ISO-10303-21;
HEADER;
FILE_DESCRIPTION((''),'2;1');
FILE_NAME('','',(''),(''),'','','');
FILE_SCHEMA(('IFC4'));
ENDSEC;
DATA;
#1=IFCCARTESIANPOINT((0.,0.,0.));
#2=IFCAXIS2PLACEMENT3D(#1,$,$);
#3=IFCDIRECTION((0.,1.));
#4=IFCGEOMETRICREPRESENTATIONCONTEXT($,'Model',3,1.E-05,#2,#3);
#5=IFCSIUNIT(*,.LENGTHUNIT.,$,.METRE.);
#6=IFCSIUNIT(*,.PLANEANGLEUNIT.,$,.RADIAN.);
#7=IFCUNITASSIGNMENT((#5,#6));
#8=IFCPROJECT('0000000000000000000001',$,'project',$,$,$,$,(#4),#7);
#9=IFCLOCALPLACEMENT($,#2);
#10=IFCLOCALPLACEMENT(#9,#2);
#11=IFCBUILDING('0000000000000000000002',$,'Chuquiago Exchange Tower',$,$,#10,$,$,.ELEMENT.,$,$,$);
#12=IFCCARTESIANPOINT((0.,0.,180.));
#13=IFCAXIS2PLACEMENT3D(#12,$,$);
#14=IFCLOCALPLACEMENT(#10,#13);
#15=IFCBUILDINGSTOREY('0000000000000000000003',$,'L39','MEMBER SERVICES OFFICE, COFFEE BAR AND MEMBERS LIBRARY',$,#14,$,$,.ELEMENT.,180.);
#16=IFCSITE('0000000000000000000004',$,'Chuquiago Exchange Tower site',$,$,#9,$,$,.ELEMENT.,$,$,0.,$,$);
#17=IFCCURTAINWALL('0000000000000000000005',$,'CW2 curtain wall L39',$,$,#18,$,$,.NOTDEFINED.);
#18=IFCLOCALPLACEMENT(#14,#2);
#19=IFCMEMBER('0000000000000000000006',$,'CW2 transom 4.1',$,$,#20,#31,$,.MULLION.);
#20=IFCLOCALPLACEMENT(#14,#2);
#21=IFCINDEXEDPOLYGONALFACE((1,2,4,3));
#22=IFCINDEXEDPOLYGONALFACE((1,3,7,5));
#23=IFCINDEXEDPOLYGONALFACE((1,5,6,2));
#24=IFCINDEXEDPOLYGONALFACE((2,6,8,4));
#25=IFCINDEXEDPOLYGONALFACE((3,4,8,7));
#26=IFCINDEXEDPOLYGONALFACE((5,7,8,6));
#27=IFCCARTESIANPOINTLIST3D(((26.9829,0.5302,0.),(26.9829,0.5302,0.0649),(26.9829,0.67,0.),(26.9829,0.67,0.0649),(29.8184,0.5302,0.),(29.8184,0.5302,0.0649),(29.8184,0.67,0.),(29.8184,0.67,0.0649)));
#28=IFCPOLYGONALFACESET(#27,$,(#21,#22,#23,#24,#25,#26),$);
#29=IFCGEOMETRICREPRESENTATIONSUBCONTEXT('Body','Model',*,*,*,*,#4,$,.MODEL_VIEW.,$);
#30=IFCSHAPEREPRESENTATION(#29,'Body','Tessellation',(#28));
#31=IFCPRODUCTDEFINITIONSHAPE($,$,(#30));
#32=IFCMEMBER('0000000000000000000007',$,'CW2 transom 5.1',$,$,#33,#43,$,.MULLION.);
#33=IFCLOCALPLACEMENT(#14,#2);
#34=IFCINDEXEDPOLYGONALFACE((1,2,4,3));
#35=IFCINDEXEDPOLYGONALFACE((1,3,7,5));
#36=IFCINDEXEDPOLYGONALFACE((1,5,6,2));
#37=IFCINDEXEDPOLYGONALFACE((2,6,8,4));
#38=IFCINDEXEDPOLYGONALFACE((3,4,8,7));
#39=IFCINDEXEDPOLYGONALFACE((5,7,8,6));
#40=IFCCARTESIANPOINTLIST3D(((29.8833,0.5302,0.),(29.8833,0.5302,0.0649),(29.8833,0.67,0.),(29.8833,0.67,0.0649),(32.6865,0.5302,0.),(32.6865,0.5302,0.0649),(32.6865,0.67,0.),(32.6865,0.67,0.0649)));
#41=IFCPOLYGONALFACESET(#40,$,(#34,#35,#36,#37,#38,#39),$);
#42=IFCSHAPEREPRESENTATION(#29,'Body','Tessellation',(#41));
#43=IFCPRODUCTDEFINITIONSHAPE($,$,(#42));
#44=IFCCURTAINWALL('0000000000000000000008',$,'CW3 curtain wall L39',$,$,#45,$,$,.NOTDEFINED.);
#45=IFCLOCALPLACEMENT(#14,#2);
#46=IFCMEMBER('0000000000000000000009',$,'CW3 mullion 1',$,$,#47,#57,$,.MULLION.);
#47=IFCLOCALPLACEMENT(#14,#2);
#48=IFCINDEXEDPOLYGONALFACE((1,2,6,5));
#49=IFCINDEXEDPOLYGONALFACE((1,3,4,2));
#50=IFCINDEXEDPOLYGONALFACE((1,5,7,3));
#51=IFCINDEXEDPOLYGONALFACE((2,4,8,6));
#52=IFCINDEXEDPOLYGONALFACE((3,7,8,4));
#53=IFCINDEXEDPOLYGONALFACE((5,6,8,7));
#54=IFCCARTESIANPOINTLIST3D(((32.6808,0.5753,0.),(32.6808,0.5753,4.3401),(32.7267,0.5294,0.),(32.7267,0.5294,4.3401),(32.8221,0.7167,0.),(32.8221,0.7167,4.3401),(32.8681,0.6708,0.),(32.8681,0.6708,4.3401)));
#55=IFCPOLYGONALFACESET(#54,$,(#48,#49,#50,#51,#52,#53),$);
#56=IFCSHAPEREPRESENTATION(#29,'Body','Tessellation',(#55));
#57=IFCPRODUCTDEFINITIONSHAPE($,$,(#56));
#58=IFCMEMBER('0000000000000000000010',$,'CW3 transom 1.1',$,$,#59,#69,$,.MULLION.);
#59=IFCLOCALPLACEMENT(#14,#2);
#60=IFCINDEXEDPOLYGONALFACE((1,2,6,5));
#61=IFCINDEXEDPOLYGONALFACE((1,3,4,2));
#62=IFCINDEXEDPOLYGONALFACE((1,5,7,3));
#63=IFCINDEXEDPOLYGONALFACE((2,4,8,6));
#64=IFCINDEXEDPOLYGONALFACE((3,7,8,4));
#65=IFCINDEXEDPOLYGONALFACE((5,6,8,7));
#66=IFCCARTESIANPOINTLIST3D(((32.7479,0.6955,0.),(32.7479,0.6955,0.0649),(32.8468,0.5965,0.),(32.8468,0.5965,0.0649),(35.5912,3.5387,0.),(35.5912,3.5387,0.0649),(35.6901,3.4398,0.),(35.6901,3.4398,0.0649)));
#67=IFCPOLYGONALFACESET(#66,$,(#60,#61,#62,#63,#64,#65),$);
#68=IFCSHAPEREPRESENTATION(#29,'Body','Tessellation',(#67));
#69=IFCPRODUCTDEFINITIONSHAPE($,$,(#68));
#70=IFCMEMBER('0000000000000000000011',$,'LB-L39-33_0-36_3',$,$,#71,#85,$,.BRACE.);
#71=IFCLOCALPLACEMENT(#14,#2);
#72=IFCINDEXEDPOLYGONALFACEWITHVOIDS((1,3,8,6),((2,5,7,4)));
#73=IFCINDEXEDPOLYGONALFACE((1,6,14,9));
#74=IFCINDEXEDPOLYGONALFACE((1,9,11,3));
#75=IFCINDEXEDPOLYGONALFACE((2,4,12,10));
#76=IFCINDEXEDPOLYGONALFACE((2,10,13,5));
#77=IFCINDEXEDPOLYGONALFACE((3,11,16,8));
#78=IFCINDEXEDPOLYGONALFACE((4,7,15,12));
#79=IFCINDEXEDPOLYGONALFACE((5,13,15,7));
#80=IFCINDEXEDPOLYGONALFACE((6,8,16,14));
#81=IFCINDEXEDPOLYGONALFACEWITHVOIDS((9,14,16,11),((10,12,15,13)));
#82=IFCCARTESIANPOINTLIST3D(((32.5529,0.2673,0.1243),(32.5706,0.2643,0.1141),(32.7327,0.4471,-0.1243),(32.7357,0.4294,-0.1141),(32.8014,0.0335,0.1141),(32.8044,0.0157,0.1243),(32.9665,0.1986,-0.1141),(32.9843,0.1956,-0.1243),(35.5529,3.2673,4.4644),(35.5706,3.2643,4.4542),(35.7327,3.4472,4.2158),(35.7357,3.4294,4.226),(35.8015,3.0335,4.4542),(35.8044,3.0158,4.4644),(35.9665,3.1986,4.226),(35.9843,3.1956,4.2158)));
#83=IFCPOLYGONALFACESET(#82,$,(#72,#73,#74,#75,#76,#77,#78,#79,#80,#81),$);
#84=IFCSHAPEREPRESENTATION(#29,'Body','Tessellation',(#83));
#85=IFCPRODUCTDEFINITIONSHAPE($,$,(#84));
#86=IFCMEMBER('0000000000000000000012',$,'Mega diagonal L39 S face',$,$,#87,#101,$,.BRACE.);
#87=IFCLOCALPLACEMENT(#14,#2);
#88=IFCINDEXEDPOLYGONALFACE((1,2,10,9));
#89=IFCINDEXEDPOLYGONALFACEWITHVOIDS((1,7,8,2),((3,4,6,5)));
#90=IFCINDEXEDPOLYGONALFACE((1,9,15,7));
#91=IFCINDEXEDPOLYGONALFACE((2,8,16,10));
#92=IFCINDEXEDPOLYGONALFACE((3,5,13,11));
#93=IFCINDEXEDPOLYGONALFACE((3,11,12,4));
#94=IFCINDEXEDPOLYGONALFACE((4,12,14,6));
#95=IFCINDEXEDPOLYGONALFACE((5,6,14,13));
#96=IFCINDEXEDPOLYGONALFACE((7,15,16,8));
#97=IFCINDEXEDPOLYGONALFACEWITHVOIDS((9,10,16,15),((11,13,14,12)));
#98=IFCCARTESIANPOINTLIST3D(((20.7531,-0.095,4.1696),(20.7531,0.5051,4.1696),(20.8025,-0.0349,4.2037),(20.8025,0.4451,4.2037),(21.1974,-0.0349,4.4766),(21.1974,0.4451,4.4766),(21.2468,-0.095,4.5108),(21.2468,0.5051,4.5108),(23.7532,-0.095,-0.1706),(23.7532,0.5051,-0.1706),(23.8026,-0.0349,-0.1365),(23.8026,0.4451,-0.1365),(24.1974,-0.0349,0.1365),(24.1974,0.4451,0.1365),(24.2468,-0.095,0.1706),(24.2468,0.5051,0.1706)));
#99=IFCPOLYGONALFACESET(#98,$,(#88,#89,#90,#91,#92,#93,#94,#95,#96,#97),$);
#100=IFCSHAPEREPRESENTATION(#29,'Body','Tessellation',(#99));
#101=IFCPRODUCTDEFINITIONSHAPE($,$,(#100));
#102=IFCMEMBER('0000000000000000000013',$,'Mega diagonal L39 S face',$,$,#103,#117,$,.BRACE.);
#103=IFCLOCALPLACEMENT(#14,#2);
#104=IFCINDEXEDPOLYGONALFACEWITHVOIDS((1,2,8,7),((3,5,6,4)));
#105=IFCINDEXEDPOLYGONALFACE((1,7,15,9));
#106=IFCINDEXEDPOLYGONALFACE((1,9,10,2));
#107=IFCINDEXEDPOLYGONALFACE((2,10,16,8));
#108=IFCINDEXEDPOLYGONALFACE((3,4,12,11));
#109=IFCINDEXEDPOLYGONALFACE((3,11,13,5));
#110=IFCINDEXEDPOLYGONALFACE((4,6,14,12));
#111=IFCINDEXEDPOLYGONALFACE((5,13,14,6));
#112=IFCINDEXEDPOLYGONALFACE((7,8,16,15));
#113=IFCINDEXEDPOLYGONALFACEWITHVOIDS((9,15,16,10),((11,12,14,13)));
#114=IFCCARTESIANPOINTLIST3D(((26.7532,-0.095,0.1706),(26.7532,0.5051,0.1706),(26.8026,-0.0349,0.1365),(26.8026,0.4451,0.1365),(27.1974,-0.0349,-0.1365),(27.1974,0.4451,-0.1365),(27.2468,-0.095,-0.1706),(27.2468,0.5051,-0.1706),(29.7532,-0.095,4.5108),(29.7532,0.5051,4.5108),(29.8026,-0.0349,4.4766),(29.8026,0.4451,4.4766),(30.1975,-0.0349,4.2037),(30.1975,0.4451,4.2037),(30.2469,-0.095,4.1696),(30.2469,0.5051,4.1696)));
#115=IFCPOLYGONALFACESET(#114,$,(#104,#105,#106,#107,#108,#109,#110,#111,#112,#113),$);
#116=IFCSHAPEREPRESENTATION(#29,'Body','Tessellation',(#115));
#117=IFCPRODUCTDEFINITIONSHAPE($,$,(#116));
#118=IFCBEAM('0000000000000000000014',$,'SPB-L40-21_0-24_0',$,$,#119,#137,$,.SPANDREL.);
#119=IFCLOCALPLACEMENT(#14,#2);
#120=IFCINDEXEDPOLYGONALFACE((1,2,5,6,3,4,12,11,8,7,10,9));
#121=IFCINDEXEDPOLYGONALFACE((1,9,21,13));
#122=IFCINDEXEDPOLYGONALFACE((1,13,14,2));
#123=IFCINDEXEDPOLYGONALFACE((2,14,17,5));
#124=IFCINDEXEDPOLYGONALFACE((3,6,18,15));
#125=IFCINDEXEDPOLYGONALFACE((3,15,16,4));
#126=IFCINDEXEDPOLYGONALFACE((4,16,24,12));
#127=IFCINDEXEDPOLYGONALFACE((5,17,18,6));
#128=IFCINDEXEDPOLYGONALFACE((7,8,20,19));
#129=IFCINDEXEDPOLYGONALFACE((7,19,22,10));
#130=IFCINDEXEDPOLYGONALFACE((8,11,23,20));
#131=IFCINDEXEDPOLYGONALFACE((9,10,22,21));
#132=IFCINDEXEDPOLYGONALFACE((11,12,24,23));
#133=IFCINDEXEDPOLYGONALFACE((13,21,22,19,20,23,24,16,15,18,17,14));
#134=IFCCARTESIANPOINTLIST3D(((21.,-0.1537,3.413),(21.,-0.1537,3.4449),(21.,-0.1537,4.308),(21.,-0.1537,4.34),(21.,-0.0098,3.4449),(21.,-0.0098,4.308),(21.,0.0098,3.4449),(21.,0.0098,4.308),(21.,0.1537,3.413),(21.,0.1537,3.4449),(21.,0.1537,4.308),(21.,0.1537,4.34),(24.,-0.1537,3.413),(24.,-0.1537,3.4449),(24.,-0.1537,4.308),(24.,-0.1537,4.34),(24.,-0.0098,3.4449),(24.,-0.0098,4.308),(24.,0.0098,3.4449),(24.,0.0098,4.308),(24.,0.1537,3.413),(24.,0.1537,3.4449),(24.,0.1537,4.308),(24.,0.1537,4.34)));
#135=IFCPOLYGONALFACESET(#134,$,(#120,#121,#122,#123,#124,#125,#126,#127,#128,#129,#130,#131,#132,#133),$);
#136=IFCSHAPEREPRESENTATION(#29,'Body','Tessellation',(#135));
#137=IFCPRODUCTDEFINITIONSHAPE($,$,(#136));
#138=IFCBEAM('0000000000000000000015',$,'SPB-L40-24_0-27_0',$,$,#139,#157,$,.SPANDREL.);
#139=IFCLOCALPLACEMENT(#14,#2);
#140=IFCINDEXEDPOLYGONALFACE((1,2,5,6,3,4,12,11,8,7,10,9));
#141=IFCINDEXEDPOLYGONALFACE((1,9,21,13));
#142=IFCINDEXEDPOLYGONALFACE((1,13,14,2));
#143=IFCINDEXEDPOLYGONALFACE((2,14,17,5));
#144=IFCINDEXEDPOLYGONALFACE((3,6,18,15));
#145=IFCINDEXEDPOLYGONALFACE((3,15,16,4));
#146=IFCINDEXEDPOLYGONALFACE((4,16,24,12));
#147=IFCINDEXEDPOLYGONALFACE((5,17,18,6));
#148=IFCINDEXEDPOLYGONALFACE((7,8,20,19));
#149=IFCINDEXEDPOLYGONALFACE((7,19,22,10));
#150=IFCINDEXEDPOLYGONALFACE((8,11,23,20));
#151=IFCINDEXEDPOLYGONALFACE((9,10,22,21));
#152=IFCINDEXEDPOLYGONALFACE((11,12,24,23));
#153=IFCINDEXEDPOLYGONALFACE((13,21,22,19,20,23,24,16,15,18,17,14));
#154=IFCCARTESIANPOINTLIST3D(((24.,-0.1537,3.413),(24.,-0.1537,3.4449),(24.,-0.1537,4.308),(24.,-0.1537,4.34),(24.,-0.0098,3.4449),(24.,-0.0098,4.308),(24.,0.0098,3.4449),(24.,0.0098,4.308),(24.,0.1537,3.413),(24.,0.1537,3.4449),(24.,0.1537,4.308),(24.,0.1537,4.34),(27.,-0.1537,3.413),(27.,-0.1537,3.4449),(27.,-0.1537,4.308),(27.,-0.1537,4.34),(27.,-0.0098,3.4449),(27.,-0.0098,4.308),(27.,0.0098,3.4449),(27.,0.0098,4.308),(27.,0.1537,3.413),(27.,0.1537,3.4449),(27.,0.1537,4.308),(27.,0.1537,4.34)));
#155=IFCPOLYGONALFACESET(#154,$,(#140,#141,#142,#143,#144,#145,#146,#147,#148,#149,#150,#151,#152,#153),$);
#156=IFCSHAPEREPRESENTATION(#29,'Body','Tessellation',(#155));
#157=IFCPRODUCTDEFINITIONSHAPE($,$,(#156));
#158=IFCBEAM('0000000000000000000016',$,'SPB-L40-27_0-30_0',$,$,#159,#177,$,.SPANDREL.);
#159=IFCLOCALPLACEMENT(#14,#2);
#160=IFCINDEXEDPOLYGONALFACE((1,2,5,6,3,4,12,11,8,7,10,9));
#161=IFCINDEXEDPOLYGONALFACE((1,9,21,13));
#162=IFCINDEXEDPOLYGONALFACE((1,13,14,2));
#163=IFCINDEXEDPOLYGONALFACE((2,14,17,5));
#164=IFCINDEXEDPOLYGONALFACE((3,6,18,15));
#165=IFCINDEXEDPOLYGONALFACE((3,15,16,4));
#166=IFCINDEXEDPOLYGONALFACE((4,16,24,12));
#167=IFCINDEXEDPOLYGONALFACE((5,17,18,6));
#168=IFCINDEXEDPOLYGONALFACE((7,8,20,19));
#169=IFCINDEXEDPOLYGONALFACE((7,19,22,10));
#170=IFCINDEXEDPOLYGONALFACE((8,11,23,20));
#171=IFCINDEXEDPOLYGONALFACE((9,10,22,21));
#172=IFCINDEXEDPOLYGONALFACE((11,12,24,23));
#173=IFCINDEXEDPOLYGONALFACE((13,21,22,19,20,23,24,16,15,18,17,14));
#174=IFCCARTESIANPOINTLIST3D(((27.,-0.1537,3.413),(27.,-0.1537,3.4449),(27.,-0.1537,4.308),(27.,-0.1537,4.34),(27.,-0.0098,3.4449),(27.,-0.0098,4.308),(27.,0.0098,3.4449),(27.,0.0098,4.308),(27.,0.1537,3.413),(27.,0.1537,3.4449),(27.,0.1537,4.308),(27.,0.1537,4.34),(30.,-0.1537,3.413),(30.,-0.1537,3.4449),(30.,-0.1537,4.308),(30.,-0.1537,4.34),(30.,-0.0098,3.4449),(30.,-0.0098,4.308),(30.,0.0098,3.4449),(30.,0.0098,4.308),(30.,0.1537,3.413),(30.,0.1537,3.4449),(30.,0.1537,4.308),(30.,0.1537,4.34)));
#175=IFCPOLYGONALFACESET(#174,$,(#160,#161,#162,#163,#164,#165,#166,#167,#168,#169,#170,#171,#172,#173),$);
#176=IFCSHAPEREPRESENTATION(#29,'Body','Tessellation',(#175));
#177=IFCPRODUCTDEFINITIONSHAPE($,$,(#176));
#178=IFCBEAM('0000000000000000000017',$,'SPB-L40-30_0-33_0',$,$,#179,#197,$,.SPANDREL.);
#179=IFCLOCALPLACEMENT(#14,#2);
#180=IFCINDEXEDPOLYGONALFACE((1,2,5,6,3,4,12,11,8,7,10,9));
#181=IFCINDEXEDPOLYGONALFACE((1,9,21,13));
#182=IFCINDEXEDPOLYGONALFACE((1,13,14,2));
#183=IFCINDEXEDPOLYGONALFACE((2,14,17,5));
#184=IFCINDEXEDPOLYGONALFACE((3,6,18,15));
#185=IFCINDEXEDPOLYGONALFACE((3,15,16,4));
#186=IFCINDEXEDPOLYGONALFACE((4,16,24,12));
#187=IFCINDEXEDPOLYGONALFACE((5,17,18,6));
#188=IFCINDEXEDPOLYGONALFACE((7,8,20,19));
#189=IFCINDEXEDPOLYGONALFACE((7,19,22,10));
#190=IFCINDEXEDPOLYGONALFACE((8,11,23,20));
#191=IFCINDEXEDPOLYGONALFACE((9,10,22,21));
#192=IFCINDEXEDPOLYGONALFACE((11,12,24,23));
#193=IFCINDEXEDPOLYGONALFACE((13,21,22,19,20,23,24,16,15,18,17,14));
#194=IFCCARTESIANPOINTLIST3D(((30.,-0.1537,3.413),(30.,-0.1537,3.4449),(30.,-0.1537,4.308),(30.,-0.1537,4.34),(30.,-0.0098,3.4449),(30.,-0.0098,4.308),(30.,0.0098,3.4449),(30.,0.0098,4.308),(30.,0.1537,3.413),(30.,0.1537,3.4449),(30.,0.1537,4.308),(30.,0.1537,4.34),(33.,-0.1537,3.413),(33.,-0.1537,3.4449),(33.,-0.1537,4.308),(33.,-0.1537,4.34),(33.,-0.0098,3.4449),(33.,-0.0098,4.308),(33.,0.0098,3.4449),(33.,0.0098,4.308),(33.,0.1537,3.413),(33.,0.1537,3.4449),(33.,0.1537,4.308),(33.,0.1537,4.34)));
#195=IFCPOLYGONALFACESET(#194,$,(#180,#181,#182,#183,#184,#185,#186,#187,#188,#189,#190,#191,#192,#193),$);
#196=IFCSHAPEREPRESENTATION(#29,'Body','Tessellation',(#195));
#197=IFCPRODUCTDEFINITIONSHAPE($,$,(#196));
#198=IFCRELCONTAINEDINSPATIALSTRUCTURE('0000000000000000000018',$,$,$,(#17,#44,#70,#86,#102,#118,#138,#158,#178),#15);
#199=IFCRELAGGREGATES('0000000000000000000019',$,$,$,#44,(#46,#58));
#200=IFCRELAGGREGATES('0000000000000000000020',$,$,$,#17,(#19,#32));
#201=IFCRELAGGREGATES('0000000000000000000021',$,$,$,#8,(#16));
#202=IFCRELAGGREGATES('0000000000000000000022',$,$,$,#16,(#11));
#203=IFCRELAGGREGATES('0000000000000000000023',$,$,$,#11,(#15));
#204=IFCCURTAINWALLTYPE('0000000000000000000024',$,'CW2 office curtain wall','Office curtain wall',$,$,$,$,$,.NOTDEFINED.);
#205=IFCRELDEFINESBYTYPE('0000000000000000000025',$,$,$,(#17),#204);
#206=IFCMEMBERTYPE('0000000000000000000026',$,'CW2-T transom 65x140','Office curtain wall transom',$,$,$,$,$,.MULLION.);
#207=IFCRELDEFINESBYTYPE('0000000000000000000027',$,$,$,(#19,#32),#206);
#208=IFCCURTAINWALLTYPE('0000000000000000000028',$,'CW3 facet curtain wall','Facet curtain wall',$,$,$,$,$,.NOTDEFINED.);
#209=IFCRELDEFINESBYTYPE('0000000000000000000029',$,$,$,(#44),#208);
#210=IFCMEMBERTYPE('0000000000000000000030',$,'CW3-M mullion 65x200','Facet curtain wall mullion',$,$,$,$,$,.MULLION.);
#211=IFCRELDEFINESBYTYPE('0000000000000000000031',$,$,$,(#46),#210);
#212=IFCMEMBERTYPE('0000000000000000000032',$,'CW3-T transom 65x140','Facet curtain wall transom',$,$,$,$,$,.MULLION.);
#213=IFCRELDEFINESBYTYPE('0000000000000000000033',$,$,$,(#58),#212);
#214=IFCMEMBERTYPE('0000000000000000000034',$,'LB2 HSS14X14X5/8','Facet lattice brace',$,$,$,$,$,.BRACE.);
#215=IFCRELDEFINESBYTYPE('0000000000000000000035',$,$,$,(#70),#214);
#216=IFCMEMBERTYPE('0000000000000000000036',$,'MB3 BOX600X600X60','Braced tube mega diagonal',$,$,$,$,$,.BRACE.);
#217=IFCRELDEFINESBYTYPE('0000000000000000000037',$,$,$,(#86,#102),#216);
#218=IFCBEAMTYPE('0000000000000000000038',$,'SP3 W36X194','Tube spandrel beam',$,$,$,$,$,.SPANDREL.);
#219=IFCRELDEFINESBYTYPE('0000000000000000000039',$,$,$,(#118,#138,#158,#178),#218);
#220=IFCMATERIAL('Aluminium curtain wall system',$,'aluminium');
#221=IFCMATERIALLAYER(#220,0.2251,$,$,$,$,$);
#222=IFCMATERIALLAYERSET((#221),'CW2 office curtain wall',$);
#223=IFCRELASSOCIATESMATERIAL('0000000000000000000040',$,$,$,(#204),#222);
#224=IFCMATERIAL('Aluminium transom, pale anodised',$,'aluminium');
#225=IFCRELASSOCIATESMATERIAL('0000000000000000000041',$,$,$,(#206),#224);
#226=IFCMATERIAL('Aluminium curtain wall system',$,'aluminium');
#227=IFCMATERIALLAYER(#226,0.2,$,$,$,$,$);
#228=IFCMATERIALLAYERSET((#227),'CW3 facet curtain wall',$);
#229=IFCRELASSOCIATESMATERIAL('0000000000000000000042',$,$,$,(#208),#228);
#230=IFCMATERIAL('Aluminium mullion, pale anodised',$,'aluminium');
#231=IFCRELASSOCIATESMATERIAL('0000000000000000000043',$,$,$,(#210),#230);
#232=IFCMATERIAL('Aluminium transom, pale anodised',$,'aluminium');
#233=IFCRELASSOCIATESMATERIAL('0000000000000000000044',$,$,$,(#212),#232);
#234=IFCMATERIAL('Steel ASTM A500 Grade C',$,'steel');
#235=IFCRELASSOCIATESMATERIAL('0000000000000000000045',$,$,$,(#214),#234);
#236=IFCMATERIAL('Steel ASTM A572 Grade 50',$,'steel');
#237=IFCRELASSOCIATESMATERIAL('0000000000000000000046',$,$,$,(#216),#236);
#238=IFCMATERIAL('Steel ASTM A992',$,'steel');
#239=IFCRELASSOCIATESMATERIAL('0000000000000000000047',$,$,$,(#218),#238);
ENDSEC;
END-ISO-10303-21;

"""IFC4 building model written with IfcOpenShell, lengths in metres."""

from ifc_helpers import new_model, si_unit, direction, frame, origin, origin_2d, place, context, subcontext, project, spatial, rectangle, hollow_rectangle, i_section, extrude, material, layer, layer_set, material_profile, profile_set, type_object, element, aggregate, save


model = new_model("IFC4")

# Units and contexts
model_context = context("Model", 3, precision=1e-05, world=origin(), true_north=direction((0.0, 1.0)))
body_context = subcontext(model_context, "Body", "Model", "MODEL_VIEW")
ifc_project = project(units=[si_unit("LENGTHUNIT", "METRE"), si_unit("PLANEANGLEUNIT", "RADIAN")], contexts=[model_context])

# Site, building, storey
site_placement = place(None, origin())
site = spatial("IfcSite", under=ifc_project, at=site_placement, Name="Chuquiago Exchange Tower site", CompositionType="ELEMENT", RefElevation=0.0)
building_placement = place(site_placement, origin())
building = spatial("IfcBuilding", under=site, at=building_placement, Name="Chuquiago Exchange Tower", CompositionType="ELEMENT")
storey_placement = place(building_placement, frame((0.0, 0.0, 180.0)))
storey = spatial("IfcBuildingStorey", under=building, at=storey_placement, Name="L39", Description="MEMBER SERVICES OFFICE, COFFEE BAR AND MEMBERS LIBRARY", CompositionType="ELEMENT", Elevation=180.0)

# Curtain walls, members
ifc_material_1 = material(Name="Aluminium curtain wall system", Category="aluminium")
ifc_layer_1 = layer(ifc_material_1, 0.2251)
ifc_layer_set_1 = layer_set([ifc_layer_1], Name="CW2 office curtain wall")
curtain_wall_type_1 = type_object("IfcCurtainWallType", Name="CW2 office curtain wall", Description="Office curtain wall", PredefinedType="NOTDEFINED", material=ifc_layer_set_1)
curtain_wall_1_placement = place(storey_placement, origin())
curtain_wall_1 = element("IfcCurtainWall", 1, at=curtain_wall_1_placement, inside=storey, type_object=curtain_wall_type_1, Name="CW2 curtain wall L39", PredefinedType="NOTDEFINED")
ifc_material_2 = material(Name="Aluminium transom, pale anodised", Category="aluminium")
ifc_material_profile_1 = material_profile(ifc_material_2, rectangle(XDim=0.1399, YDim=0.0649, at=origin_2d()), Name="AL 140x65")
ifc_profile_set_1 = profile_set([ifc_material_profile_1], Name="Aluminium transom, pale anodised")
member_type_1 = type_object("IfcMemberType", Name="CW2-T transom 65x140", Description="Office curtain wall transom", PredefinedType="MULLION", material=ifc_profile_set_1)
member_1_placement = place(storey_placement, frame((26.9829, 0.6001, 0.0325), z_axis=(1.0, 0.0, 0.0), x_axis=(0.0, 1.0, 0.0)))
member_1 = element("IfcMember", 2, at=member_1_placement, type_object=member_type_1, Name="CW2 transom 4.1", PredefinedType="MULLION", context=body_context, shape_type="SweptSolid", body=[
    extrude(rectangle(XDim=0.1399, YDim=0.0649, at=origin_2d()), origin(), (0.0, 0.0, 1.0), 2.8354),
])
member_2_placement = place(storey_placement, frame((29.8833, 0.6001, 0.0325), z_axis=(1.0, 0.0, 0.0), x_axis=(0.0, 1.0, 0.0)))
member_2 = element("IfcMember", 3, at=member_2_placement, type_object=member_type_1, Name="CW2 transom 5.1", PredefinedType="MULLION", context=body_context, shape_type="SweptSolid", body=[
    extrude(rectangle(XDim=0.1399, YDim=0.0649, at=origin_2d()), origin(), (0.0, 0.0, 1.0), 2.8032),
])
ifc_material_3 = material(Name="Aluminium curtain wall system", Category="aluminium")
ifc_layer_2 = layer(ifc_material_3, 0.2)
ifc_layer_set_2 = layer_set([ifc_layer_2], Name="CW3 facet curtain wall")
curtain_wall_type_2 = type_object("IfcCurtainWallType", Name="CW3 facet curtain wall", Description="Facet curtain wall", PredefinedType="NOTDEFINED", material=ifc_layer_set_2)
curtain_wall_2_placement = place(storey_placement, origin())
curtain_wall_2 = element("IfcCurtainWall", 4, at=curtain_wall_2_placement, inside=storey, type_object=curtain_wall_type_2, Name="CW3 curtain wall L39", PredefinedType="NOTDEFINED")
ifc_material_4 = material(Name="Aluminium mullion, pale anodised", Category="aluminium")
ifc_material_profile_2 = material_profile(ifc_material_4, rectangle(XDim=0.0649, YDim=0.2, at=origin_2d()), Name="AL 65x200")
ifc_profile_set_2 = profile_set([ifc_material_profile_2], Name="Aluminium mullion, pale anodised")
member_type_2 = type_object("IfcMemberType", Name="CW3-M mullion 65x200", Description="Facet curtain wall mullion", PredefinedType="MULLION", material=ifc_profile_set_2)
member_3_placement = place(storey_placement, frame((32.7744, 0.623, 0.0), z_axis=(0.0, 0.0, 1.0), x_axis=(-0.707107, 0.707107, 0.0)))
member_3 = element("IfcMember", 5, at=member_3_placement, type_object=member_type_2, Name="CW3 mullion 1", PredefinedType="MULLION", context=body_context, shape_type="SweptSolid", body=[
    extrude(rectangle(XDim=0.0649, YDim=0.2, at=origin_2d()), origin(), (0.0, 0.0, 1.0), 4.3401),
])
ifc_material_5 = material(Name="Aluminium transom, pale anodised", Category="aluminium")
ifc_material_profile_3 = material_profile(ifc_material_5, rectangle(XDim=0.1399, YDim=0.0649, at=origin_2d()), Name="AL 140x65")
ifc_profile_set_3 = profile_set([ifc_material_profile_3], Name="Aluminium transom, pale anodised")
member_type_3 = type_object("IfcMemberType", Name="CW3-T transom 65x140", Description="Facet curtain wall transom", PredefinedType="MULLION", material=ifc_profile_set_3)
member_4_placement = place(storey_placement, frame((32.7974, 0.646, 0.0325), z_axis=(0.707107, 0.707107, 0.0), x_axis=(-0.707107, 0.707107, 0.0)))
member_4 = element("IfcMember", 6, at=member_4_placement, type_object=member_type_3, Name="CW3 transom 1.1", PredefinedType="MULLION", context=body_context, shape_type="SweptSolid", body=[
    extrude(rectangle(XDim=0.1399, YDim=0.0649, at=origin_2d()), origin(), (0.0, 0.0, 1.0), 4.021),
])
aggregate(curtain_wall_2, [member_3, member_4])

# Members
ifc_material_6 = material(Name="Steel ASTM A500 Grade C", Category="steel")
ifc_material_profile_4 = material_profile(ifc_material_6, hollow_rectangle(XDim=0.3557, YDim=0.3557, WallThickness=0.0146, at=origin_2d()), Name="HSS14X14X5/8")
ifc_profile_set_4 = profile_set([ifc_material_profile_4], Name="Steel ASTM A500 Grade C")
member_type_4 = type_object("IfcMemberType", Name="LB2 HSS14X14X5/8", Description="Facet lattice brace", PredefinedType="BRACE", material=ifc_profile_set_4)
member_5_placement = place(storey_placement, frame((32.7686, 0.2314, 0.0), z_axis=(0.494291, 0.494291, 0.715089), x_axis=(-0.707107, 0.707107, 0.0)))
element("IfcMember", 7, at=member_5_placement, inside=storey, type_object=member_type_4, Name="LB-L39-33_0-36_3", PredefinedType="BRACE", context=body_context, shape_type="SweptSolid", body=[
    extrude(hollow_rectangle(XDim=0.3557, YDim=0.3557, WallThickness=0.0146, at=origin_2d()), origin(), (0.0, 0.0, 1.0), 6.0693),
])
ifc_material_7 = material(Name="Steel ASTM A572 Grade 50", Category="steel")
ifc_material_profile_5 = material_profile(ifc_material_7, hollow_rectangle(XDim=0.6001, YDim=0.6001, WallThickness=0.0601, at=origin_2d()), Name="BOX600X600X60")
ifc_profile_set_5 = profile_set([ifc_material_profile_5], Name="Steel ASTM A572 Grade 50")
member_type_5 = type_object("IfcMemberType", Name="MB3 BOX600X600X60", Description="Braced tube mega diagonal", PredefinedType="BRACE", material=ifc_profile_set_5)
for number, where, z_axis, x_axis, name in (
    (8, (24.0, 0.2051, 0.0), (-0.568611, 0.0, 0.822607), (0.0, -1.0, 0.0), "Mega diagonal L39 S face"),
    (9, (27.0, 0.2051, 0.0), (0.568611, 0.0, 0.822607), (0.0, 1.0, 0.0), "Mega diagonal L39 S face"),
):
    element("IfcMember", number, at=place(storey_placement, frame(where, z_axis=z_axis, x_axis=x_axis)), inside=storey, type_object=member_type_5, Name=name, PredefinedType="BRACE", context=body_context, shape_type="SweptSolid", body=[
        extrude(hollow_rectangle(XDim=0.6001, YDim=0.6001, WallThickness=0.0601, at=origin_2d()), origin(), (0.0, 0.0, 1.0), 5.2761),
    ])

# Beams
ifc_material_8 = material(Name="Steel ASTM A992", Category="steel")
ifc_material_profile_6 = material_profile(ifc_material_8, i_section(OverallWidth=0.3074, OverallDepth=0.927, WebThickness=0.0195, FlangeThickness=0.032, at=origin_2d()), Name="W36X194")
ifc_profile_set_6 = profile_set([ifc_material_profile_6], Name="Steel ASTM A992")
beam_type = type_object("IfcBeamType", Name="SP3 W36X194", Description="Tube spandrel beam", PredefinedType="SPANDREL", material=ifc_profile_set_6)
for number, where, z_axis, x_axis, name in (
    (10, (21.0, 0.0, 3.8765), (1.0, 0.0, 0.0), (0.0, 1.0, 0.0), "SPB-L40-21_0-24_0"),
    (11, (24.0, 0.0, 3.8765), (1.0, 0.0, 0.0), (0.0, 1.0, 0.0), "SPB-L40-24_0-27_0"),
    (12, (27.0, 0.0, 3.8765), (1.0, 0.0, 0.0), (0.0, 1.0, 0.0), "SPB-L40-27_0-30_0"),
    (13, (30.0, 0.0, 3.8765), (1.0, 0.0, 0.0), (0.0, 1.0, 0.0), "SPB-L40-30_0-33_0"),
):
    element("IfcBeam", number, at=place(storey_placement, frame(where, z_axis=z_axis, x_axis=x_axis)), inside=storey, type_object=beam_type, Name=name, PredefinedType="SPANDREL", context=body_context, shape_type="SweptSolid", body=[
        extrude(i_section(OverallWidth=0.3074, OverallDepth=0.927, WebThickness=0.0195, FlangeThickness=0.032, at=origin_2d()), origin(), (0.0, 0.0, 1.0), 3.0),
    ])

aggregate(curtain_wall_1, [member_1, member_2])

save(model, "model.ifc")
